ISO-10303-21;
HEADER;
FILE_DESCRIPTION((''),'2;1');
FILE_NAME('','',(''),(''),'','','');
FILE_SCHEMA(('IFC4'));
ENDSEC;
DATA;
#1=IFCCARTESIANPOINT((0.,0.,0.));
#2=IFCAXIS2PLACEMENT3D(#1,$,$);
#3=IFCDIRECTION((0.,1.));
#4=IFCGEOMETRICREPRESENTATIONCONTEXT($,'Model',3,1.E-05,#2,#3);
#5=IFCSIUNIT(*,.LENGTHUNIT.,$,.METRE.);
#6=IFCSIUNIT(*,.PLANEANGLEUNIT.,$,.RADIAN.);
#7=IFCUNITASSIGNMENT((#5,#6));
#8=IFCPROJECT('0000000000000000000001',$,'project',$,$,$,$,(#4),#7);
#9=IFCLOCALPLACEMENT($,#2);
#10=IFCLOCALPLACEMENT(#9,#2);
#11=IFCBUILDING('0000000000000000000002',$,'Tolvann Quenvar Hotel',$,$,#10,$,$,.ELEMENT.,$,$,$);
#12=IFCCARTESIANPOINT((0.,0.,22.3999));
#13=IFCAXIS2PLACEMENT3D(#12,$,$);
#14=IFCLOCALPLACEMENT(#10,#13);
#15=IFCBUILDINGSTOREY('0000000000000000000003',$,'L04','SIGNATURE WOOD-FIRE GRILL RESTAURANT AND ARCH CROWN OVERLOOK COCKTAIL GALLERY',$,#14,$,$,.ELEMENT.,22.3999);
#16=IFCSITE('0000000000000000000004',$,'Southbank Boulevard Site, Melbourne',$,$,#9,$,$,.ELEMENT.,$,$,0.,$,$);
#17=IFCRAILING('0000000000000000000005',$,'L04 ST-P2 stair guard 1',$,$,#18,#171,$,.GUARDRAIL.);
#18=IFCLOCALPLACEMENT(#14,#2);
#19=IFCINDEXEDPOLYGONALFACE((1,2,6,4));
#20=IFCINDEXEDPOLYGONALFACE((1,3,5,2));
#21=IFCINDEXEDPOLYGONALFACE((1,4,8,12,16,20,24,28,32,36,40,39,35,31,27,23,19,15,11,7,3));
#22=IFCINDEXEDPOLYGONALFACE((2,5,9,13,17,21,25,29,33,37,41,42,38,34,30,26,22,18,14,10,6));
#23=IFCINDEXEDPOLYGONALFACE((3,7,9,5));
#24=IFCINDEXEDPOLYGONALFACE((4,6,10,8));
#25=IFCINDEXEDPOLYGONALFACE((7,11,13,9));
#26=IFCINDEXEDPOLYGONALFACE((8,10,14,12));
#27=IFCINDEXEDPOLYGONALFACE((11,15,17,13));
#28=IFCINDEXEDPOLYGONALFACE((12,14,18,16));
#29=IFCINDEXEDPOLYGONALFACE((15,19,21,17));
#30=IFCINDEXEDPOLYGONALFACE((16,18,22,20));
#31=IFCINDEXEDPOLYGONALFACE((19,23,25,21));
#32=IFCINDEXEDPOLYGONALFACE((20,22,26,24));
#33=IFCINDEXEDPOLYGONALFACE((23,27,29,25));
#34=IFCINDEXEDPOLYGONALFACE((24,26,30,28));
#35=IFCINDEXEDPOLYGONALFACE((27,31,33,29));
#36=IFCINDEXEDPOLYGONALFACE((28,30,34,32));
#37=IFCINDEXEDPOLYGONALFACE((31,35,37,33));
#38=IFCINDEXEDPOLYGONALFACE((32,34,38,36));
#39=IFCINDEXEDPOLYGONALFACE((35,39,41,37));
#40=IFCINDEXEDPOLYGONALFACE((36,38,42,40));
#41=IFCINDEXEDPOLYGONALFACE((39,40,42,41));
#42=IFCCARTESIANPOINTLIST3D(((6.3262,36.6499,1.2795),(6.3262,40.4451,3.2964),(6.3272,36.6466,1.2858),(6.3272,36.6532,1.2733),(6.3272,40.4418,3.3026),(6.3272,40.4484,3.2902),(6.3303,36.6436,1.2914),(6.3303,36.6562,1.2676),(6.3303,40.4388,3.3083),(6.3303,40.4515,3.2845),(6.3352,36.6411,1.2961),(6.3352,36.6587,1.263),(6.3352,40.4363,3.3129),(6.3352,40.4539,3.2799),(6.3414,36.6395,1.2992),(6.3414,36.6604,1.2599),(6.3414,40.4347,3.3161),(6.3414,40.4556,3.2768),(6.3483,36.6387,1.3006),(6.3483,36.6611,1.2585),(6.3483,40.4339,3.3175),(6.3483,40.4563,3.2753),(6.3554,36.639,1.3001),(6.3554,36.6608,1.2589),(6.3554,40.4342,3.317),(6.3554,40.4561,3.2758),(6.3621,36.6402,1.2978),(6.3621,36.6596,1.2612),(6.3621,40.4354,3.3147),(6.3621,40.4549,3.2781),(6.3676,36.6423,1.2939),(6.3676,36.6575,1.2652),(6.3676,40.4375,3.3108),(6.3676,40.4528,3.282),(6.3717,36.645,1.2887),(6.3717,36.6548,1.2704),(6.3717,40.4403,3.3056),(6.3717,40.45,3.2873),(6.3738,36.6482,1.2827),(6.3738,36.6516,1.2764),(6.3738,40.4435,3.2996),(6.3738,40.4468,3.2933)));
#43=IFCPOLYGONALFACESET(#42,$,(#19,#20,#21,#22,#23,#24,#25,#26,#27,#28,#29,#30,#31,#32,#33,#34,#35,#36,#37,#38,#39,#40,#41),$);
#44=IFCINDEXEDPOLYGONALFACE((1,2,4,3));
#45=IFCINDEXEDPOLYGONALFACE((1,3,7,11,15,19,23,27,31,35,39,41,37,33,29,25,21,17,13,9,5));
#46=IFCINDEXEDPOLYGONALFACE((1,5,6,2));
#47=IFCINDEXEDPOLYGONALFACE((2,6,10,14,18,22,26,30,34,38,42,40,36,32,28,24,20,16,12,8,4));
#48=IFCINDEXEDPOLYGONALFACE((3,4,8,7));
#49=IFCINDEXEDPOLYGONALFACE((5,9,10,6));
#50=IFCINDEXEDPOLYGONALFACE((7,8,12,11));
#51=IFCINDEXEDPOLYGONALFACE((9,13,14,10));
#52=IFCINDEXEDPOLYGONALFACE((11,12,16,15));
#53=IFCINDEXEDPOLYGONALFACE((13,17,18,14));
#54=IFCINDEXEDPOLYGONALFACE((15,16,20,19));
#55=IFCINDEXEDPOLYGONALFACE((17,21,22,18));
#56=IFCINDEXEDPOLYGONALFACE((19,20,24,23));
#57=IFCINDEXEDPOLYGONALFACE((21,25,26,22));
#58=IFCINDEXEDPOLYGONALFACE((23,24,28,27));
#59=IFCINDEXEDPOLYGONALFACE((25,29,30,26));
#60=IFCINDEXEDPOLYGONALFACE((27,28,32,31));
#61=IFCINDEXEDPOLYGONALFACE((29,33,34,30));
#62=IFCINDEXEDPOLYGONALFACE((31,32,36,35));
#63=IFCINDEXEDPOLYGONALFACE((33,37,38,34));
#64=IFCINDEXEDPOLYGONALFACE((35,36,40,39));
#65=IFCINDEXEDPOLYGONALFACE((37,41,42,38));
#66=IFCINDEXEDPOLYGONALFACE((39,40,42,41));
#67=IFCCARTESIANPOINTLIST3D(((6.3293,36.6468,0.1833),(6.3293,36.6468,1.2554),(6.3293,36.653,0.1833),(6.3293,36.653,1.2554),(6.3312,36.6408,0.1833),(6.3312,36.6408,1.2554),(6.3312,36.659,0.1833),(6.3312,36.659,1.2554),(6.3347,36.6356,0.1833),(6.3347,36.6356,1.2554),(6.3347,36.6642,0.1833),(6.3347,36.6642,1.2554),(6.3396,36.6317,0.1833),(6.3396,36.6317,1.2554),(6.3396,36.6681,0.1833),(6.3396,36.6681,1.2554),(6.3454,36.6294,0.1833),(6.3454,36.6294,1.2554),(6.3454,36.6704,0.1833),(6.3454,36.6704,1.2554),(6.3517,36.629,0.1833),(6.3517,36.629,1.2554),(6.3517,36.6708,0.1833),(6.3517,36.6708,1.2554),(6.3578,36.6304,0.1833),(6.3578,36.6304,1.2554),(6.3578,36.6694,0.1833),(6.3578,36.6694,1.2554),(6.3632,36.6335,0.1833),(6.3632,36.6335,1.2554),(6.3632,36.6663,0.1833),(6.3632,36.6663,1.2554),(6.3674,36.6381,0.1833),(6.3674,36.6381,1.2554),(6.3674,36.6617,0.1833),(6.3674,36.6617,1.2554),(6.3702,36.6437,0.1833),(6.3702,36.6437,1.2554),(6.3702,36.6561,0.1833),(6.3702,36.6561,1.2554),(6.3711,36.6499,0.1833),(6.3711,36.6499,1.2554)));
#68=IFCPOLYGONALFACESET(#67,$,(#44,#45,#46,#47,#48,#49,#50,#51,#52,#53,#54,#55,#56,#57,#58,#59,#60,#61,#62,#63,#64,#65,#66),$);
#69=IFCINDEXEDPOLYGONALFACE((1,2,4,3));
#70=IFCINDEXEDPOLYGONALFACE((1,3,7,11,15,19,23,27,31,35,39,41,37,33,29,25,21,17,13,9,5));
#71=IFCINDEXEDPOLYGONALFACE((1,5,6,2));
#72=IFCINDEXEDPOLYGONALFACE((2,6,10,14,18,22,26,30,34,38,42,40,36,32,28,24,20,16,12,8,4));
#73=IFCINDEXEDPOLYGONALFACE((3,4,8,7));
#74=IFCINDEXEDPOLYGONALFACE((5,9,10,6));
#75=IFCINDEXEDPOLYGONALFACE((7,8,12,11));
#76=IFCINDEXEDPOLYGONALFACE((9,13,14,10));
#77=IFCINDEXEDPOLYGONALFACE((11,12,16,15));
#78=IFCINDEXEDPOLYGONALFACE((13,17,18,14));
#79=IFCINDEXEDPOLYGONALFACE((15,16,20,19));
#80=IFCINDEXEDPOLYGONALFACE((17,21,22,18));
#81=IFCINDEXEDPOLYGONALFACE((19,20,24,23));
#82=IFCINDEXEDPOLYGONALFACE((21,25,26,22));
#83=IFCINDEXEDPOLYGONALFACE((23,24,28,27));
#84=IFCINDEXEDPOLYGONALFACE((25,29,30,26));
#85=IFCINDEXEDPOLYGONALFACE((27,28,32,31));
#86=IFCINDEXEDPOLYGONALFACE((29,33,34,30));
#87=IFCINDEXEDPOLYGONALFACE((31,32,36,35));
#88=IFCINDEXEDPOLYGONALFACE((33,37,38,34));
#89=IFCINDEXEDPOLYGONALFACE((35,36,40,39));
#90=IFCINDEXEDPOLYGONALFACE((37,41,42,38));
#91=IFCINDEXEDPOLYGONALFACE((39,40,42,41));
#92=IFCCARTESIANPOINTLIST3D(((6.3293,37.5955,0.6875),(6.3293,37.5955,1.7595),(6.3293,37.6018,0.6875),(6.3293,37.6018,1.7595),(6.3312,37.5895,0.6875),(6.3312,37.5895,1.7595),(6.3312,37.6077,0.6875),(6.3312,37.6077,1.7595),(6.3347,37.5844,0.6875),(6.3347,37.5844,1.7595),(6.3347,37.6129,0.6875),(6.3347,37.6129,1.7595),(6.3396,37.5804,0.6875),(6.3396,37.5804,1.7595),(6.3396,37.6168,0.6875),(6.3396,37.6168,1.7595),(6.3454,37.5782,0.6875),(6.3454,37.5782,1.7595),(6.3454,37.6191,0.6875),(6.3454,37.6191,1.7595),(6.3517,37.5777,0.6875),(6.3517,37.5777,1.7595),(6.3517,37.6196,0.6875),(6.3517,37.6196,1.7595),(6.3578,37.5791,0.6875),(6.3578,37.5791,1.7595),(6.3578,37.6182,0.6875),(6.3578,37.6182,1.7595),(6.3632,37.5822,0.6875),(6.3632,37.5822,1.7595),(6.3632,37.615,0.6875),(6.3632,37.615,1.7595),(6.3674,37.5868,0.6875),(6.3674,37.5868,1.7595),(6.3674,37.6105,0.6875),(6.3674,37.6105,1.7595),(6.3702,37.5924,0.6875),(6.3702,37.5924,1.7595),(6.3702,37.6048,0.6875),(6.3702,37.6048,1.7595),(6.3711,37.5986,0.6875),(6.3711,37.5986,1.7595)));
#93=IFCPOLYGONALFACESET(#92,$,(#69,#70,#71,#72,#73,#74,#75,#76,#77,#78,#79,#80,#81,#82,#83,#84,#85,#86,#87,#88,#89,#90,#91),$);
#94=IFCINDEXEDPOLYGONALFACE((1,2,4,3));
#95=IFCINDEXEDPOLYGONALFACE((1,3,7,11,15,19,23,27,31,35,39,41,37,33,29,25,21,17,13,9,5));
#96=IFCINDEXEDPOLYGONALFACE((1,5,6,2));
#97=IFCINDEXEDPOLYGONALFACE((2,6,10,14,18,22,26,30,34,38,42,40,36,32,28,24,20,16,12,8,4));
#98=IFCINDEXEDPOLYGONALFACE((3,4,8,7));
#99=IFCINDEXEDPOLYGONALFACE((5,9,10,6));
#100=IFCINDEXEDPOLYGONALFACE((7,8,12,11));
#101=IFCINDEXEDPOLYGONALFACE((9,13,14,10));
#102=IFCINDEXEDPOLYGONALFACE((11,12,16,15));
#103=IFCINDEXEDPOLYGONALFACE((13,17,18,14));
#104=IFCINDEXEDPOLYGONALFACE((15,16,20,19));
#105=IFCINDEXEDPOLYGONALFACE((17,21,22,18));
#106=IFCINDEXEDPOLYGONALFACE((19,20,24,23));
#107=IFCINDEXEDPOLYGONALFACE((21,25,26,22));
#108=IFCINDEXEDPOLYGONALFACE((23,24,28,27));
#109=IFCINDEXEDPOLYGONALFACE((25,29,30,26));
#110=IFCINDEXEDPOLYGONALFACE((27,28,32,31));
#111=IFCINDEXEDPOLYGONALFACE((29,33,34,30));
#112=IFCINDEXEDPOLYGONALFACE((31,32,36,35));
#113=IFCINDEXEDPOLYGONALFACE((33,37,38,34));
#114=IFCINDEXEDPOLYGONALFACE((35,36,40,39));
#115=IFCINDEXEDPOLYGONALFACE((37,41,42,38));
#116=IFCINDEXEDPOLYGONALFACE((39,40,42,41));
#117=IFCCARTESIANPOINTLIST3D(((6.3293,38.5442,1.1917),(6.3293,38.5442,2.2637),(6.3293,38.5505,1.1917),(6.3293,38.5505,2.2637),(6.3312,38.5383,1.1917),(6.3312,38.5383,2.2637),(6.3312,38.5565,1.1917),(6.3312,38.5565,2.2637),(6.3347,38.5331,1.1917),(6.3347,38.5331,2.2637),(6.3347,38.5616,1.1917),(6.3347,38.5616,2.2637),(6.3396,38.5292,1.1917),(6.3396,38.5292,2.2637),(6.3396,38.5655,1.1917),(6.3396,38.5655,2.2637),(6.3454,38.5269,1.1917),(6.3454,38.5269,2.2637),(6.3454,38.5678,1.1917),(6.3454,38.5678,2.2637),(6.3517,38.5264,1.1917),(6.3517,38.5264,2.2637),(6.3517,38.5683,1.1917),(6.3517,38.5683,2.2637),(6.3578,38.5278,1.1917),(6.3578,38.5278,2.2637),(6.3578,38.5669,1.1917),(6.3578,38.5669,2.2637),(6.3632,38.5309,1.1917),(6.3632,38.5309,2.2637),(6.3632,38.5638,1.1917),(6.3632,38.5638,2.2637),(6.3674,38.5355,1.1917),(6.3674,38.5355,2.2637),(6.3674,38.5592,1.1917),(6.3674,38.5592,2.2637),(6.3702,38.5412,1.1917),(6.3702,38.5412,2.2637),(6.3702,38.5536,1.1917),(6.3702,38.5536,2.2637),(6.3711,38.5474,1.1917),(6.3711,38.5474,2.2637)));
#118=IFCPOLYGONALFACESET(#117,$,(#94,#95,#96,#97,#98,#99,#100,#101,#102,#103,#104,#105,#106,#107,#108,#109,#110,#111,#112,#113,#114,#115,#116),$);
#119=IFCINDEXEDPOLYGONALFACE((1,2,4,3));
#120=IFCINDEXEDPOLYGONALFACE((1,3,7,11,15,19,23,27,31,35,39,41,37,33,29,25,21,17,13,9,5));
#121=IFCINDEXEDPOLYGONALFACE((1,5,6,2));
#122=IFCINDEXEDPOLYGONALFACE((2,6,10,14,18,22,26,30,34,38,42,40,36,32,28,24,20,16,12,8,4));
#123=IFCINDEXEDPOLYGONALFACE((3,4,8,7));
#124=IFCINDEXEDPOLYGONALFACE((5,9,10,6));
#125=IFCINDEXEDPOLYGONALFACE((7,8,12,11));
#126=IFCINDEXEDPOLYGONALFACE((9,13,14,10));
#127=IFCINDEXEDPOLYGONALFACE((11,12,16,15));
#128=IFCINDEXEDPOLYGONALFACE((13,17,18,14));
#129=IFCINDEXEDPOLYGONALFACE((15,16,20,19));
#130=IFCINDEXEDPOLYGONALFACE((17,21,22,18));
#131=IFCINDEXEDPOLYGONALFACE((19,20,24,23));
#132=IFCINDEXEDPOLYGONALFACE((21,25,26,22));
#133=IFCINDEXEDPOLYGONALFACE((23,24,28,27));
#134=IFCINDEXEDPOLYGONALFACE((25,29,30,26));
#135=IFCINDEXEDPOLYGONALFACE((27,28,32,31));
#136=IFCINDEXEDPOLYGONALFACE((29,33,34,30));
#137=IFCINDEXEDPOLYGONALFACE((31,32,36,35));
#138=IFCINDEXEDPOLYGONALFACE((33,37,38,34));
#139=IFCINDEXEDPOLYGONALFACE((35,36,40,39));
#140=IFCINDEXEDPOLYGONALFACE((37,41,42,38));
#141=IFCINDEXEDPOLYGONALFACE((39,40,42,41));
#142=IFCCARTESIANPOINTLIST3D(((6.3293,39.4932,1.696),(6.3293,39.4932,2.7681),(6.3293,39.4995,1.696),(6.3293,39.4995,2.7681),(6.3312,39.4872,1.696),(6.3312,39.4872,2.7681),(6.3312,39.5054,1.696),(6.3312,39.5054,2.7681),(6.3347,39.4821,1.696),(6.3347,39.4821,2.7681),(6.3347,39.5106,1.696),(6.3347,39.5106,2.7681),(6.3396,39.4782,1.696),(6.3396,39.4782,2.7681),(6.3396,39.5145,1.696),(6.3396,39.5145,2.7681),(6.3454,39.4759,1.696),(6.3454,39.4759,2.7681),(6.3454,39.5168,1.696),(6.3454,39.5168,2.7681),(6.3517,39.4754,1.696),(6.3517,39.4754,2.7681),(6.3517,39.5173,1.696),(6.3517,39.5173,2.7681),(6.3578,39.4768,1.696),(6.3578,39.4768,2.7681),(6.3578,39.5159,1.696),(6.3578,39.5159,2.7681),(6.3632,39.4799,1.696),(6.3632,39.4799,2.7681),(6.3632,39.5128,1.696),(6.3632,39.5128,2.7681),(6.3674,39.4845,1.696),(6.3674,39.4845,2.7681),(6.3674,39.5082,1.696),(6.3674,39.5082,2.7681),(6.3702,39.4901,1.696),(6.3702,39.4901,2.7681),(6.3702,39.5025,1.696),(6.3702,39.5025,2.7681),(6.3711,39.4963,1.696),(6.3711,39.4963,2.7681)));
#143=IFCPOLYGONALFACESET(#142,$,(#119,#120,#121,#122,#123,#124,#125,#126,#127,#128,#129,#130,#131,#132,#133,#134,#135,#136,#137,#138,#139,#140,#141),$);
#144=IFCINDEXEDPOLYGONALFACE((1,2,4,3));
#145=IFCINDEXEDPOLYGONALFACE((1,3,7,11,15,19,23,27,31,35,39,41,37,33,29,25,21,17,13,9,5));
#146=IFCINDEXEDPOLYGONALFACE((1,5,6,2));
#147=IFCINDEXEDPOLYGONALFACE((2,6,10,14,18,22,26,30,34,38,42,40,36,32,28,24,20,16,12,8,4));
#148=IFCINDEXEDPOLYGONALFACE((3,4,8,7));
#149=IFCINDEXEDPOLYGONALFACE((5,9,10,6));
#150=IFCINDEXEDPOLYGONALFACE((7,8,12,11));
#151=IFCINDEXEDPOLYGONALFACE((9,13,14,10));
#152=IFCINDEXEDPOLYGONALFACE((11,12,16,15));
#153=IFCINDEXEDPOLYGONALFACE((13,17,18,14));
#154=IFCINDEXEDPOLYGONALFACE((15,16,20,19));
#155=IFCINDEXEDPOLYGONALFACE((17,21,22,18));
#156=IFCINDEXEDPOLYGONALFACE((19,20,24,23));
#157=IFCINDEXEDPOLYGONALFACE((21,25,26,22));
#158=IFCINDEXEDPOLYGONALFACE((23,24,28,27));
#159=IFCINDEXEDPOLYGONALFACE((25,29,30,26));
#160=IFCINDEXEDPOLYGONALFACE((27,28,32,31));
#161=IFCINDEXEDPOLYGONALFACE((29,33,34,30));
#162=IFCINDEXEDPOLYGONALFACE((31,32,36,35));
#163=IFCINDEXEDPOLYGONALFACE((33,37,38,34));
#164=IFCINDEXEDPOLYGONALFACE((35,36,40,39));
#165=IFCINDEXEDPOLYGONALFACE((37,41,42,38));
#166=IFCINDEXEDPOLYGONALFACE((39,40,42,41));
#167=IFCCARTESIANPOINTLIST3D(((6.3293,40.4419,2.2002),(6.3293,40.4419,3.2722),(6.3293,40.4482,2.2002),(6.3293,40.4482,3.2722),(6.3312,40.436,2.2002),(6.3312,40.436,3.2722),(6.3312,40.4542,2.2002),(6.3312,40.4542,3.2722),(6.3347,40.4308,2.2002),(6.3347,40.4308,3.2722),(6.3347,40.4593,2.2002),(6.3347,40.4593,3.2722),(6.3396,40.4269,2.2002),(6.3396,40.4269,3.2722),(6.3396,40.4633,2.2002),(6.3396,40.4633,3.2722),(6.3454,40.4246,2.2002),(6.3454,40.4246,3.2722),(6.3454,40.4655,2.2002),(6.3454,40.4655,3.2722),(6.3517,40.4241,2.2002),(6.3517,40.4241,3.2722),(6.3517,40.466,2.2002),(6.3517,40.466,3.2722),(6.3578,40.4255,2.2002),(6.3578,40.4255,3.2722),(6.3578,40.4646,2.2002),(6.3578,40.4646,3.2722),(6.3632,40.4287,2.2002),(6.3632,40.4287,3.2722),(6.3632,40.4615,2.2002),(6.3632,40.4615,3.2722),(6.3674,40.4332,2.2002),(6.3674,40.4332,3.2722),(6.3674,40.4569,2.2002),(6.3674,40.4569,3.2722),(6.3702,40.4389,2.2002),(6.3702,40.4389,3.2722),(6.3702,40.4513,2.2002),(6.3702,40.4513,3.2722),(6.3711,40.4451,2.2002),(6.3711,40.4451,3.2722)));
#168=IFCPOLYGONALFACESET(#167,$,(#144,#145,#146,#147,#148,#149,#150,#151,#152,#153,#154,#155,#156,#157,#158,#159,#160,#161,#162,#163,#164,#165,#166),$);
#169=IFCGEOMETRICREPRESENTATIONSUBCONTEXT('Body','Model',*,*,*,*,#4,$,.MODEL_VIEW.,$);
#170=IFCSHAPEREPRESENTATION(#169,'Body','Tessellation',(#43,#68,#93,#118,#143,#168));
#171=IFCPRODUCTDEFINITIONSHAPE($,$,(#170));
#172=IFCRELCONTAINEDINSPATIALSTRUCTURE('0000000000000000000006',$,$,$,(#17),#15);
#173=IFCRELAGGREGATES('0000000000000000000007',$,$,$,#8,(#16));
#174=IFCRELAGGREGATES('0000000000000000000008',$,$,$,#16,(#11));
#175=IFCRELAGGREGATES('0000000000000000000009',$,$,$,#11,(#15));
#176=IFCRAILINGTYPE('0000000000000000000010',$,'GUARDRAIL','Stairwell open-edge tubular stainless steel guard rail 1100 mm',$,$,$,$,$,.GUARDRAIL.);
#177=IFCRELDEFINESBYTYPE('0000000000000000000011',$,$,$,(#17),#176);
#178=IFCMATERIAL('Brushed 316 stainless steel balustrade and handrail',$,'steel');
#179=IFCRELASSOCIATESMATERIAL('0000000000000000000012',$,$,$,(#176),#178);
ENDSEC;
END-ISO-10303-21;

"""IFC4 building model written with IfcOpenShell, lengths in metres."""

from ifc_helpers import new_model, si_unit, direction, frame, origin, origin_2d, place, context, subcontext, project, spatial, circle, extrude, material, type_object, element, save


model = new_model("IFC4")

# Units and contexts
model_context = context("Model", 3, precision=1e-05, world=origin(), true_north=direction((0.0, 1.0)))
body_context = subcontext(model_context, "Body", "Model", "MODEL_VIEW")
ifc_project = project(units=[si_unit("LENGTHUNIT", "METRE"), si_unit("PLANEANGLEUNIT", "RADIAN")], contexts=[model_context])

# Site, building, storey
site_placement = place(None, origin())
site = spatial("IfcSite", under=ifc_project, at=site_placement, Name="Southbank Boulevard Site, Melbourne", CompositionType="ELEMENT", RefElevation=0.0)
building_placement = place(site_placement, origin())
building = spatial("IfcBuilding", under=site, at=building_placement, Name="Tolvann Quenvar Hotel", CompositionType="ELEMENT")
storey_placement = place(building_placement, frame((0.0, 0.0, 22.3999)))
storey = spatial("IfcBuildingStorey", under=building, at=storey_placement, Name="L04", Description="SIGNATURE WOOD-FIRE GRILL RESTAURANT AND ARCH CROWN OVERLOOK COCKTAIL GALLERY", CompositionType="ELEMENT", Elevation=22.3999)

# Railing
ifc_material_1 = material(Name="Brushed 316 stainless steel balustrade and handrail", Category="steel")
railing_type_1 = type_object("IfcRailingType", Name="GUARDRAIL", Description="Stairwell open-edge tubular stainless steel guard rail 1100 mm", PredefinedType="GUARDRAIL", material=ifc_material_1)
railing_1_placement = place(storey_placement, frame((6.3501, 36.6499, 0.1833)))
element("IfcRailing", 1, at=railing_1_placement, inside=storey, type_object=railing_type_1, Name="L04 ST-P2 stair guard 1", PredefinedType="GUARDRAIL", context=body_context, shape_type="SweptSolid", body=[
    extrude(circle(Radius=0.0239, at=origin_2d()), frame((0.0, 0.0, 1.0962), z_axis=(0.0, 0.883052, 0.469276), x_axis=(-1.0, 0.0, 0.0)), (0.0, 0.0, 1.0), 4.2979),
    extrude(circle(Radius=0.021, at=origin_2d()), origin(), (0.0, 0.0, 1.0), 1.072),
    extrude(circle(Radius=0.021, at=origin_2d()), frame((0.0, 0.9487, 0.5042)), (0.0, 0.0, 1.0), 1.072),
    extrude(circle(Radius=0.021, at=origin_2d()), frame((0.0, 1.8975, 1.0083)), (0.0, 0.0, 1.0), 1.072),
    extrude(circle(Radius=0.021, at=origin_2d()), frame((0.0, 2.8464, 1.5127)), (0.0, 0.0, 1.0), 1.072),
    extrude(circle(Radius=0.021, at=origin_2d()), frame((0.0, 3.7952, 2.0168)), (0.0, 0.0, 1.0), 1.072),
])

save(model, "model.ifc")
